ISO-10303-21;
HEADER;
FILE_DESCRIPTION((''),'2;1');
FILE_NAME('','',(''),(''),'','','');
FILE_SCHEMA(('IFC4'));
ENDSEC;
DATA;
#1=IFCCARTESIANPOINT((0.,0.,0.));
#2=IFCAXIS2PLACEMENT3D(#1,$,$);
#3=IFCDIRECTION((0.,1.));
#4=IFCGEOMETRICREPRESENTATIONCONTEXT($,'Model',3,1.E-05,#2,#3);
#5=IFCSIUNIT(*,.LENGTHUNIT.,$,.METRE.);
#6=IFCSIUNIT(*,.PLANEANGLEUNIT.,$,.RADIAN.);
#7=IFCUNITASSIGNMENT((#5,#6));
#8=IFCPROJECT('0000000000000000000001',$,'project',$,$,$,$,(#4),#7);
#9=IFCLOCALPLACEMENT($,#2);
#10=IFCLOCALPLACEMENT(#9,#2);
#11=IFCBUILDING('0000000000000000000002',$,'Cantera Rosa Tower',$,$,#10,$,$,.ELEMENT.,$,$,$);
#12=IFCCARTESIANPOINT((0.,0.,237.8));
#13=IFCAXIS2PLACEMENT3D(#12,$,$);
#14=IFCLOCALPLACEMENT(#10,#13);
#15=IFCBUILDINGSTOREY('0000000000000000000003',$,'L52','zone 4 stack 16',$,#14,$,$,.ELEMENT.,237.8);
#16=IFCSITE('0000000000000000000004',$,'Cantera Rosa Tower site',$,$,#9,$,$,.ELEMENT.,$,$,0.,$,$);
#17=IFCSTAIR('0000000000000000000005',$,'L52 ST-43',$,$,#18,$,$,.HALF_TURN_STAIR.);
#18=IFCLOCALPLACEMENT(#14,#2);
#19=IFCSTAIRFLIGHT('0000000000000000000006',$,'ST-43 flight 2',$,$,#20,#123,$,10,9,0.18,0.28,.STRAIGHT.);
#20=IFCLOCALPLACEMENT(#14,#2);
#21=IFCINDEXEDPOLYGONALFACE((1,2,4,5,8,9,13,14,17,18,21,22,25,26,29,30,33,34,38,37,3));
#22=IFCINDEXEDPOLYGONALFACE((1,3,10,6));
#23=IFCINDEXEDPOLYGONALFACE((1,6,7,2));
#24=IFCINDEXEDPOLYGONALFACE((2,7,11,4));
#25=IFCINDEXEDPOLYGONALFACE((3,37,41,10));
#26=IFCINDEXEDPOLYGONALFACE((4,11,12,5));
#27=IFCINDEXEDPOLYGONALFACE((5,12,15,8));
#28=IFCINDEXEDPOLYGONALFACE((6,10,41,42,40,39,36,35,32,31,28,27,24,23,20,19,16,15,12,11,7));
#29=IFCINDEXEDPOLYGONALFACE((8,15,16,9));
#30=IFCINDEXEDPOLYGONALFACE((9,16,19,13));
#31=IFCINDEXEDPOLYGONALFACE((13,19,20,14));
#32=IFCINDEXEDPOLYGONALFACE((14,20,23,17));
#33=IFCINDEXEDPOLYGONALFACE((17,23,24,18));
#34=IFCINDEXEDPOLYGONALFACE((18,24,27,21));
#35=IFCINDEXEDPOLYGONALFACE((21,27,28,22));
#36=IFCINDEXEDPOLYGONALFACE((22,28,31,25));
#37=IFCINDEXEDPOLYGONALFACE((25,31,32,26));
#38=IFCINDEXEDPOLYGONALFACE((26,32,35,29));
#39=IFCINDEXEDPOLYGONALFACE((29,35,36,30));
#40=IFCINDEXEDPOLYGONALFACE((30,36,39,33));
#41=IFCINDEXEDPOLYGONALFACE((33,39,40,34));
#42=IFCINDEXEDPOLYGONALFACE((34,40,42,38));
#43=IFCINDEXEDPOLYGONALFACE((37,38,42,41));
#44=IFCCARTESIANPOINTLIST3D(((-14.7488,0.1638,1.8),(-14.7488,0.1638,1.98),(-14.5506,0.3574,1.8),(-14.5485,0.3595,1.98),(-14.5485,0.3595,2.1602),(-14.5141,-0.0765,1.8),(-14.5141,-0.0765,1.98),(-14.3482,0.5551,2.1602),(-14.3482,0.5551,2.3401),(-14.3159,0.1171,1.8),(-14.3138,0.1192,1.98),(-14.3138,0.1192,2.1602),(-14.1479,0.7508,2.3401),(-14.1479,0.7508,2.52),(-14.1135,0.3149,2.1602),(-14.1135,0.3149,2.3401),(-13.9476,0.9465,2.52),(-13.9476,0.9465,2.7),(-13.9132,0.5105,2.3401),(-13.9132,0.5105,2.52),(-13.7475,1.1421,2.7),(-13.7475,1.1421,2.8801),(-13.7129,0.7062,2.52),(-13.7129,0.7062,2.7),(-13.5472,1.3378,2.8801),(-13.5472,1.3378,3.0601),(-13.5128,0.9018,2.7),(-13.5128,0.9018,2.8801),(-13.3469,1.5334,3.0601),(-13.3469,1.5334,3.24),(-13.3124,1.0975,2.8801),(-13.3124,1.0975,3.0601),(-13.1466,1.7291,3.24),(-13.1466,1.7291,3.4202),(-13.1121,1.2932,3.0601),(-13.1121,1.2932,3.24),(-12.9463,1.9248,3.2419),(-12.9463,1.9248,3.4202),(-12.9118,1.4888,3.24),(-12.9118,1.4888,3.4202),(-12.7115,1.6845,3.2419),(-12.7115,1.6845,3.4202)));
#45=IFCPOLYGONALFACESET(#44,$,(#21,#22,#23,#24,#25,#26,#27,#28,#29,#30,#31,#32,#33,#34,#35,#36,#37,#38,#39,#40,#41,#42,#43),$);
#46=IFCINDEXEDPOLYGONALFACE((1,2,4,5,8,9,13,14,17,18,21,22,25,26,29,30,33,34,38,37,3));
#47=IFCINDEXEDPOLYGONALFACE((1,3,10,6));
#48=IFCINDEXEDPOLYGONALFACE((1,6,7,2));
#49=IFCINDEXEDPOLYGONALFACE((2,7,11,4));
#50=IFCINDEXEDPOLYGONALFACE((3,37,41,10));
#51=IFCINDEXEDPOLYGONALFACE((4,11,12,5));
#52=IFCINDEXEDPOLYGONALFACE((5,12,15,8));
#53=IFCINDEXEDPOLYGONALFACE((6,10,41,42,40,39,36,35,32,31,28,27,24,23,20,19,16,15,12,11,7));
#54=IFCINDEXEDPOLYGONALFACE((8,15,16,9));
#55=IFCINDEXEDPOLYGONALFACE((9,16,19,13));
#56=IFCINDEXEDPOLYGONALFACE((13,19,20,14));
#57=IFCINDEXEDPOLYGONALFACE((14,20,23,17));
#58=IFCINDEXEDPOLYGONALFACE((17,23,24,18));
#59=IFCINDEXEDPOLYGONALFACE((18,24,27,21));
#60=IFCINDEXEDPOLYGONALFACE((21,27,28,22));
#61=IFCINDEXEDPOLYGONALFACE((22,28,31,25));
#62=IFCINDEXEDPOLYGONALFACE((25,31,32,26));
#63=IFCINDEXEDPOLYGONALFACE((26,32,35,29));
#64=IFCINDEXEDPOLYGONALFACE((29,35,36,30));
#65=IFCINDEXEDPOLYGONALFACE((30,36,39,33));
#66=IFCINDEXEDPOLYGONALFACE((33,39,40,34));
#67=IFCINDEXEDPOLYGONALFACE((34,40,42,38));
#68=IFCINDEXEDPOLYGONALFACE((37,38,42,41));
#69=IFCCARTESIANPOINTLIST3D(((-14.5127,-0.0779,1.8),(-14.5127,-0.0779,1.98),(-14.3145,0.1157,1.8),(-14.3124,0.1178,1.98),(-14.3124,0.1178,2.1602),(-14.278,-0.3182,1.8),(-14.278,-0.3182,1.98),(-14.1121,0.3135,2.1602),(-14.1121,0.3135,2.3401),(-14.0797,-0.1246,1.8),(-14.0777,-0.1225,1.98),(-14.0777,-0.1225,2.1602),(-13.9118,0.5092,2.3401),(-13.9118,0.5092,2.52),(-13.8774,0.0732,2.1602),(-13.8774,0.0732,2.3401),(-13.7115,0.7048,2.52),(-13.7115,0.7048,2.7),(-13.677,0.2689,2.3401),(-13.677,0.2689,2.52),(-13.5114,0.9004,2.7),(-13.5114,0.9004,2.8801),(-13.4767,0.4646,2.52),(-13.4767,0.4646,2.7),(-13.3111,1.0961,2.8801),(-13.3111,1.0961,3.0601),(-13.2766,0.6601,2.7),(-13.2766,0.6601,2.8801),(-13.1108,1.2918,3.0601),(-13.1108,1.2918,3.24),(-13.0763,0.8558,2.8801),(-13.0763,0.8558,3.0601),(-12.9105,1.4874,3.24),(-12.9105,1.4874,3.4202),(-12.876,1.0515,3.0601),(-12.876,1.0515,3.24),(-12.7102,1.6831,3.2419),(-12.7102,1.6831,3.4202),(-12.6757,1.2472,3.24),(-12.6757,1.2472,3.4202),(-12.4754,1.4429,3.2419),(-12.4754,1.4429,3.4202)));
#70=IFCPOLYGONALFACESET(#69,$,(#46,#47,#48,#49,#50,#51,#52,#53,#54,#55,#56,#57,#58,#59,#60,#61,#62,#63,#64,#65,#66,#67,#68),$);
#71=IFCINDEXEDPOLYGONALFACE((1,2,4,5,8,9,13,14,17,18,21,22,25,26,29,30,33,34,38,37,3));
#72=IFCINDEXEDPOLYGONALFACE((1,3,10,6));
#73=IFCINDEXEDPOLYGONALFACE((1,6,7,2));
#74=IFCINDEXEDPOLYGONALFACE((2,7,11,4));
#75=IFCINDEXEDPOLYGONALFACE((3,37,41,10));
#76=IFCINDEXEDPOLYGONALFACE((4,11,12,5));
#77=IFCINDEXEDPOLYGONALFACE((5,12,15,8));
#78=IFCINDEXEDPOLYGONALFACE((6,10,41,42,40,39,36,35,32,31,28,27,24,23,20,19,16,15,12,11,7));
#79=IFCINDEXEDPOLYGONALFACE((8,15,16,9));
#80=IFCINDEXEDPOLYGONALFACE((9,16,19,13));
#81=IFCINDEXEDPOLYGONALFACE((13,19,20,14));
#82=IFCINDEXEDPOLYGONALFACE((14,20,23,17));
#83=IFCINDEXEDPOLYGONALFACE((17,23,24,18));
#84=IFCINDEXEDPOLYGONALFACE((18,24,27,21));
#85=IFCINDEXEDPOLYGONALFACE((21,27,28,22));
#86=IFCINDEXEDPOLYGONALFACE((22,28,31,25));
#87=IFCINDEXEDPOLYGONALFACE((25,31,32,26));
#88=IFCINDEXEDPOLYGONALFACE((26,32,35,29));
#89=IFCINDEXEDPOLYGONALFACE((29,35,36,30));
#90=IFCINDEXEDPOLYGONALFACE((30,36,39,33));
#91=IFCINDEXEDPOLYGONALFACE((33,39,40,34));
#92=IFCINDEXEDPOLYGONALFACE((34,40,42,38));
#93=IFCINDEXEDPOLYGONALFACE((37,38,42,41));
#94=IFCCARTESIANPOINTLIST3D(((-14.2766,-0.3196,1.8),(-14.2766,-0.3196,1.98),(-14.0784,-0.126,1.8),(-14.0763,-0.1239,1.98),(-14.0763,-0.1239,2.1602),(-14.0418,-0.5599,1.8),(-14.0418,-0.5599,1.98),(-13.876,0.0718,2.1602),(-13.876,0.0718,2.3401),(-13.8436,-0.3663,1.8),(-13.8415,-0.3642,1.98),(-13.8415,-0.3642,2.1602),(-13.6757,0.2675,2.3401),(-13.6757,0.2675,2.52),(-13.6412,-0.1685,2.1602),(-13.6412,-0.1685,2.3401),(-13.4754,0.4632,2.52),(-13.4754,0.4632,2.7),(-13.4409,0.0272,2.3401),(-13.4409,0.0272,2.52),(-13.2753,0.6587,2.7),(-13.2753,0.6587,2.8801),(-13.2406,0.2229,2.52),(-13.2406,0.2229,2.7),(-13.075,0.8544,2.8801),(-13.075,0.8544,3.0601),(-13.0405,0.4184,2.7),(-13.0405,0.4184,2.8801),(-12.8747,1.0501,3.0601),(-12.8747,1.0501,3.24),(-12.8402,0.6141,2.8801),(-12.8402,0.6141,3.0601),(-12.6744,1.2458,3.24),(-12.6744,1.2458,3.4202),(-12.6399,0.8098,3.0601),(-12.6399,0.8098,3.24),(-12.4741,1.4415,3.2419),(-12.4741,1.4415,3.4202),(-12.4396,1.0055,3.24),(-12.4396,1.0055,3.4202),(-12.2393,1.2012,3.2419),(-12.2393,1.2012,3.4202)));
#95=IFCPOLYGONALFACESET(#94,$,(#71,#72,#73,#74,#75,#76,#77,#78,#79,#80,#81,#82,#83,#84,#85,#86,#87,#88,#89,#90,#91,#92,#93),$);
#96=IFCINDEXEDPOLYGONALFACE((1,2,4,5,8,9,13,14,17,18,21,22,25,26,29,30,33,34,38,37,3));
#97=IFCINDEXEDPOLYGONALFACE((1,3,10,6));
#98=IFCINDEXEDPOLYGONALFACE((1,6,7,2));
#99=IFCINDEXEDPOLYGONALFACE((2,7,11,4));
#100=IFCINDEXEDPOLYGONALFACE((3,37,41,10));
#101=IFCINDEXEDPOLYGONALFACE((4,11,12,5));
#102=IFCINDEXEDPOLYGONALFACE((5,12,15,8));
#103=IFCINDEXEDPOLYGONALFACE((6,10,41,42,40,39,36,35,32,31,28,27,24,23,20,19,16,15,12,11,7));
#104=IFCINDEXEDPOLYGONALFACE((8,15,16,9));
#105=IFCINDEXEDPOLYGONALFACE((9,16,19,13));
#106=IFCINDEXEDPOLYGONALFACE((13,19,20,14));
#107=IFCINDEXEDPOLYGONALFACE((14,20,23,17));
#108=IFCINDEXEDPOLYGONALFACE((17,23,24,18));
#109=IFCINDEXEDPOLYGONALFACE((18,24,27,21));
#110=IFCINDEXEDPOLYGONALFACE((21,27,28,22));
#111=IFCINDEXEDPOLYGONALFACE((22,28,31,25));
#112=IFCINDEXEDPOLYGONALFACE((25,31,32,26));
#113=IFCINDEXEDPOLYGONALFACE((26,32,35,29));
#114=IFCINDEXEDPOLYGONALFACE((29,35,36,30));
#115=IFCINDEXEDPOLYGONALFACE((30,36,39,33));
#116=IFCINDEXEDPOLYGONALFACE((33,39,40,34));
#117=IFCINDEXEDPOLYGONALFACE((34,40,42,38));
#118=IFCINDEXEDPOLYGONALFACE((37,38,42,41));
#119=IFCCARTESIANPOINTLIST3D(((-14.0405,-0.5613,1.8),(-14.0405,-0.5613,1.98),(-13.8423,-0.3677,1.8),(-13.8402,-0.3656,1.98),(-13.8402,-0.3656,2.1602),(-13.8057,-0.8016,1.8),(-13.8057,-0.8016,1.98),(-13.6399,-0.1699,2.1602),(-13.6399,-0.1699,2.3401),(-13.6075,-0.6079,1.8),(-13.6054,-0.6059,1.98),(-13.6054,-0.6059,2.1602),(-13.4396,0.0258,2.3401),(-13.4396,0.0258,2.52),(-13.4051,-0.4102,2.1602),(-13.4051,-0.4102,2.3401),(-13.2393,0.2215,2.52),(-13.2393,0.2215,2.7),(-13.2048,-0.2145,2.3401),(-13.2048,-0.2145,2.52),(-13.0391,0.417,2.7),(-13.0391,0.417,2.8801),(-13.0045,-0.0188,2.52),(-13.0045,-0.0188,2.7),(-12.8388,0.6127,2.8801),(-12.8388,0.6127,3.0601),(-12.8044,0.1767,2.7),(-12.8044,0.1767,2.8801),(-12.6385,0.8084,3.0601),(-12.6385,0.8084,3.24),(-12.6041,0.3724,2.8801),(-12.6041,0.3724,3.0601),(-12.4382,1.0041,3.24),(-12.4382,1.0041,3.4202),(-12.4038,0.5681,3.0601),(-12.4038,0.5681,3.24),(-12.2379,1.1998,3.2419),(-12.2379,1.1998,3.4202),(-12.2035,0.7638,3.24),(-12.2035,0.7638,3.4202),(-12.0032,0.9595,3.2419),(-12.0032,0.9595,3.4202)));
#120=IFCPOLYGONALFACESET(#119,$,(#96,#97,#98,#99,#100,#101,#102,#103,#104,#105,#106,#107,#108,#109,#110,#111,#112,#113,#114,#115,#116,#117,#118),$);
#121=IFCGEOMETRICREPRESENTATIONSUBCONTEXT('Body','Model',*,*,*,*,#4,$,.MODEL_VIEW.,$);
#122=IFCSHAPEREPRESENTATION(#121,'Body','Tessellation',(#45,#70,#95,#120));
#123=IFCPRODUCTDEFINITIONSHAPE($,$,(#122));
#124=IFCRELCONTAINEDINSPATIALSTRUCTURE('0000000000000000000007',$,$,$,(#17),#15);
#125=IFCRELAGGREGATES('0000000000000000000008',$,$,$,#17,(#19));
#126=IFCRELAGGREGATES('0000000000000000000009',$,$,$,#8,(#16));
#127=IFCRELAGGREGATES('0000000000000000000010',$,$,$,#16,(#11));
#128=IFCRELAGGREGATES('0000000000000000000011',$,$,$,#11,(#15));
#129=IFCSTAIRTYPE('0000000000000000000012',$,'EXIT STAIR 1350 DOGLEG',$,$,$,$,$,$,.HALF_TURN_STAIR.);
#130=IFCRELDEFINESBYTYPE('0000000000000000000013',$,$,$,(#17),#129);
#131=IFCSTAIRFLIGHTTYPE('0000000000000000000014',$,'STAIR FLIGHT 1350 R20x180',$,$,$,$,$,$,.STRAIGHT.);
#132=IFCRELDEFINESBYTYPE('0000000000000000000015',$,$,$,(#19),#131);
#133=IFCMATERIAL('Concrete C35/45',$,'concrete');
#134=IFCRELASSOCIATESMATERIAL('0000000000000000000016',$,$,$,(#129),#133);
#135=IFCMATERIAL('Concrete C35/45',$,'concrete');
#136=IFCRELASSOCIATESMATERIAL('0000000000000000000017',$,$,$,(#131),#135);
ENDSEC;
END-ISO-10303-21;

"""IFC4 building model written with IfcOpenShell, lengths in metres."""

from ifc_helpers import new_model, si_unit, direction, frame, origin, place, context, subcontext, project, spatial, polyline, outline, extrude, material, type_object, element, aggregate, save


model = new_model("IFC4")

# Units and contexts
model_context = context("Model", 3, precision=1e-05, world=origin(), true_north=direction((0.0, 1.0)))
body_context = subcontext(model_context, "Body", "Model", "MODEL_VIEW")
ifc_project = project(units=[si_unit("LENGTHUNIT", "METRE"), si_unit("PLANEANGLEUNIT", "RADIAN")], contexts=[model_context])

# Site, building, storey
site_placement = place(None, origin())
site = spatial("IfcSite", under=ifc_project, at=site_placement, Name="Cantera Rosa Tower site", CompositionType="ELEMENT", RefElevation=0.0)
building_placement = place(site_placement, origin())
building = spatial("IfcBuilding", under=site, at=building_placement, Name="Cantera Rosa Tower", CompositionType="ELEMENT")
storey_placement = place(building_placement, frame((0.0, 0.0, 237.8)))
storey = spatial("IfcBuildingStorey", under=building, at=storey_placement, Name="L52", Description="zone 4 stack 16", CompositionType="ELEMENT", Elevation=237.8)

# Stair, stair flight
ifc_material_1 = material(Name="Concrete C35/45", Category="concrete")
stair_type = type_object("IfcStairType", Name="EXIT STAIR 1350 DOGLEG", PredefinedType="HALF_TURN_STAIR", material=ifc_material_1)
stair_1_placement = place(storey_placement, origin())
stair_1 = element("IfcStair", 1, at=stair_1_placement, inside=storey, type_object=stair_type, Name="L52 ST-43", PredefinedType="HALF_TURN_STAIR")
ifc_material_2 = material(Name="Concrete C35/45", Category="concrete")
stair_flight_type = type_object("IfcStairFlightType", Name="STAIR FLIGHT 1350 R20x180", PredefinedType="STRAIGHT", material=ifc_material_2)
stair_flight_1_placement = place(storey_placement, frame((-14.2771, -0.3191, 1.8), z_axis=(0.0, 0.0, 1.0), x_axis=(0.715286, 0.698832, 0.0)))
stair_flight_1 = element("IfcStairFlight", 2, at=stair_flight_1_placement, type_object=stair_flight_type, Name="ST-43 flight 2", NumberOfRisers=10, NumberOfTreads=9, PredefinedType="STRAIGHT", RiserHeight=0.18, TreadLength=0.28, context=body_context, shape_type="SweptSolid", body=[
    extrude(outline(polyline([(0.0, 0.0), (0.0, 0.1799), (0.28, 0.1799), (0.28, 0.3601), (0.5601, 0.3601), (0.5601, 0.54), (0.8401, 0.54), (0.8401, 0.72), (1.1201, 0.72), (1.1201, 0.8999), (1.3999, 0.8999), (1.3999, 1.0801), (1.6799, 1.0801), (1.6799, 1.26), (1.96, 1.26), (1.96, 1.4399), (2.24, 1.4399), (2.24, 1.6201), (2.52, 1.6201), (2.52, 1.8), (2.52, 1.4419), (0.2771, 0.0), (0.0, 0.0)])), frame((0.0, 0.675, 0.0), z_axis=(0.0, -1.0, 0.0), x_axis=(1.0, 0.0, 0.0)), (0.0, 0.0, 1.0), 0.3359),
    extrude(outline(polyline([(0.0, 0.0), (0.0, 0.1799), (0.28, 0.1799), (0.28, 0.3601), (0.5601, 0.3601), (0.5601, 0.54), (0.8401, 0.54), (0.8401, 0.72), (1.1201, 0.72), (1.1201, 0.8999), (1.3999, 0.8999), (1.3999, 1.0801), (1.6799, 1.0801), (1.6799, 1.26), (1.96, 1.26), (1.96, 1.4399), (2.24, 1.4399), (2.24, 1.6201), (2.52, 1.6201), (2.52, 1.8), (2.52, 1.4419), (0.2771, 0.0), (0.0, 0.0)])), frame((0.0, 0.3372, 0.0), z_axis=(0.0, -1.0, 0.0), x_axis=(1.0, 0.0, 0.0)), (0.0, 0.0, 1.0), 0.3359),
    extrude(outline(polyline([(0.0, 0.0), (0.0, 0.1799), (0.28, 0.1799), (0.28, 0.3601), (0.5601, 0.3601), (0.5601, 0.54), (0.8401, 0.54), (0.8401, 0.72), (1.1201, 0.72), (1.1201, 0.8999), (1.3999, 0.8999), (1.3999, 1.0801), (1.6799, 1.0801), (1.6799, 1.26), (1.96, 1.26), (1.96, 1.4399), (2.24, 1.4399), (2.24, 1.6201), (2.52, 1.6201), (2.52, 1.8), (2.52, 1.4419), (0.2771, 0.0), (0.0, 0.0)])), frame((0.0, -0.0007, 0.0), z_axis=(0.0, -1.0, 0.0), x_axis=(1.0, 0.0, 0.0)), (0.0, 0.0, 1.0), 0.3359),
    extrude(outline(polyline([(0.0, 0.0), (0.0, 0.1799), (0.28, 0.1799), (0.28, 0.3601), (0.5601, 0.3601), (0.5601, 0.54), (0.8401, 0.54), (0.8401, 0.72), (1.1201, 0.72), (1.1201, 0.8999), (1.3999, 0.8999), (1.3999, 1.0801), (1.6799, 1.0801), (1.6799, 1.26), (1.96, 1.26), (1.96, 1.4399), (2.24, 1.4399), (2.24, 1.6201), (2.52, 1.6201), (2.52, 1.8), (2.52, 1.4419), (0.2771, 0.0), (0.0, 0.0)])), frame((0.0, -0.3386, 0.0), z_axis=(0.0, -1.0, 0.0), x_axis=(1.0, 0.0, 0.0)), (0.0, 0.0, 1.0), 0.3359),
])
aggregate(stair_1, [stair_flight_1])

save(model, "model.ifc")
